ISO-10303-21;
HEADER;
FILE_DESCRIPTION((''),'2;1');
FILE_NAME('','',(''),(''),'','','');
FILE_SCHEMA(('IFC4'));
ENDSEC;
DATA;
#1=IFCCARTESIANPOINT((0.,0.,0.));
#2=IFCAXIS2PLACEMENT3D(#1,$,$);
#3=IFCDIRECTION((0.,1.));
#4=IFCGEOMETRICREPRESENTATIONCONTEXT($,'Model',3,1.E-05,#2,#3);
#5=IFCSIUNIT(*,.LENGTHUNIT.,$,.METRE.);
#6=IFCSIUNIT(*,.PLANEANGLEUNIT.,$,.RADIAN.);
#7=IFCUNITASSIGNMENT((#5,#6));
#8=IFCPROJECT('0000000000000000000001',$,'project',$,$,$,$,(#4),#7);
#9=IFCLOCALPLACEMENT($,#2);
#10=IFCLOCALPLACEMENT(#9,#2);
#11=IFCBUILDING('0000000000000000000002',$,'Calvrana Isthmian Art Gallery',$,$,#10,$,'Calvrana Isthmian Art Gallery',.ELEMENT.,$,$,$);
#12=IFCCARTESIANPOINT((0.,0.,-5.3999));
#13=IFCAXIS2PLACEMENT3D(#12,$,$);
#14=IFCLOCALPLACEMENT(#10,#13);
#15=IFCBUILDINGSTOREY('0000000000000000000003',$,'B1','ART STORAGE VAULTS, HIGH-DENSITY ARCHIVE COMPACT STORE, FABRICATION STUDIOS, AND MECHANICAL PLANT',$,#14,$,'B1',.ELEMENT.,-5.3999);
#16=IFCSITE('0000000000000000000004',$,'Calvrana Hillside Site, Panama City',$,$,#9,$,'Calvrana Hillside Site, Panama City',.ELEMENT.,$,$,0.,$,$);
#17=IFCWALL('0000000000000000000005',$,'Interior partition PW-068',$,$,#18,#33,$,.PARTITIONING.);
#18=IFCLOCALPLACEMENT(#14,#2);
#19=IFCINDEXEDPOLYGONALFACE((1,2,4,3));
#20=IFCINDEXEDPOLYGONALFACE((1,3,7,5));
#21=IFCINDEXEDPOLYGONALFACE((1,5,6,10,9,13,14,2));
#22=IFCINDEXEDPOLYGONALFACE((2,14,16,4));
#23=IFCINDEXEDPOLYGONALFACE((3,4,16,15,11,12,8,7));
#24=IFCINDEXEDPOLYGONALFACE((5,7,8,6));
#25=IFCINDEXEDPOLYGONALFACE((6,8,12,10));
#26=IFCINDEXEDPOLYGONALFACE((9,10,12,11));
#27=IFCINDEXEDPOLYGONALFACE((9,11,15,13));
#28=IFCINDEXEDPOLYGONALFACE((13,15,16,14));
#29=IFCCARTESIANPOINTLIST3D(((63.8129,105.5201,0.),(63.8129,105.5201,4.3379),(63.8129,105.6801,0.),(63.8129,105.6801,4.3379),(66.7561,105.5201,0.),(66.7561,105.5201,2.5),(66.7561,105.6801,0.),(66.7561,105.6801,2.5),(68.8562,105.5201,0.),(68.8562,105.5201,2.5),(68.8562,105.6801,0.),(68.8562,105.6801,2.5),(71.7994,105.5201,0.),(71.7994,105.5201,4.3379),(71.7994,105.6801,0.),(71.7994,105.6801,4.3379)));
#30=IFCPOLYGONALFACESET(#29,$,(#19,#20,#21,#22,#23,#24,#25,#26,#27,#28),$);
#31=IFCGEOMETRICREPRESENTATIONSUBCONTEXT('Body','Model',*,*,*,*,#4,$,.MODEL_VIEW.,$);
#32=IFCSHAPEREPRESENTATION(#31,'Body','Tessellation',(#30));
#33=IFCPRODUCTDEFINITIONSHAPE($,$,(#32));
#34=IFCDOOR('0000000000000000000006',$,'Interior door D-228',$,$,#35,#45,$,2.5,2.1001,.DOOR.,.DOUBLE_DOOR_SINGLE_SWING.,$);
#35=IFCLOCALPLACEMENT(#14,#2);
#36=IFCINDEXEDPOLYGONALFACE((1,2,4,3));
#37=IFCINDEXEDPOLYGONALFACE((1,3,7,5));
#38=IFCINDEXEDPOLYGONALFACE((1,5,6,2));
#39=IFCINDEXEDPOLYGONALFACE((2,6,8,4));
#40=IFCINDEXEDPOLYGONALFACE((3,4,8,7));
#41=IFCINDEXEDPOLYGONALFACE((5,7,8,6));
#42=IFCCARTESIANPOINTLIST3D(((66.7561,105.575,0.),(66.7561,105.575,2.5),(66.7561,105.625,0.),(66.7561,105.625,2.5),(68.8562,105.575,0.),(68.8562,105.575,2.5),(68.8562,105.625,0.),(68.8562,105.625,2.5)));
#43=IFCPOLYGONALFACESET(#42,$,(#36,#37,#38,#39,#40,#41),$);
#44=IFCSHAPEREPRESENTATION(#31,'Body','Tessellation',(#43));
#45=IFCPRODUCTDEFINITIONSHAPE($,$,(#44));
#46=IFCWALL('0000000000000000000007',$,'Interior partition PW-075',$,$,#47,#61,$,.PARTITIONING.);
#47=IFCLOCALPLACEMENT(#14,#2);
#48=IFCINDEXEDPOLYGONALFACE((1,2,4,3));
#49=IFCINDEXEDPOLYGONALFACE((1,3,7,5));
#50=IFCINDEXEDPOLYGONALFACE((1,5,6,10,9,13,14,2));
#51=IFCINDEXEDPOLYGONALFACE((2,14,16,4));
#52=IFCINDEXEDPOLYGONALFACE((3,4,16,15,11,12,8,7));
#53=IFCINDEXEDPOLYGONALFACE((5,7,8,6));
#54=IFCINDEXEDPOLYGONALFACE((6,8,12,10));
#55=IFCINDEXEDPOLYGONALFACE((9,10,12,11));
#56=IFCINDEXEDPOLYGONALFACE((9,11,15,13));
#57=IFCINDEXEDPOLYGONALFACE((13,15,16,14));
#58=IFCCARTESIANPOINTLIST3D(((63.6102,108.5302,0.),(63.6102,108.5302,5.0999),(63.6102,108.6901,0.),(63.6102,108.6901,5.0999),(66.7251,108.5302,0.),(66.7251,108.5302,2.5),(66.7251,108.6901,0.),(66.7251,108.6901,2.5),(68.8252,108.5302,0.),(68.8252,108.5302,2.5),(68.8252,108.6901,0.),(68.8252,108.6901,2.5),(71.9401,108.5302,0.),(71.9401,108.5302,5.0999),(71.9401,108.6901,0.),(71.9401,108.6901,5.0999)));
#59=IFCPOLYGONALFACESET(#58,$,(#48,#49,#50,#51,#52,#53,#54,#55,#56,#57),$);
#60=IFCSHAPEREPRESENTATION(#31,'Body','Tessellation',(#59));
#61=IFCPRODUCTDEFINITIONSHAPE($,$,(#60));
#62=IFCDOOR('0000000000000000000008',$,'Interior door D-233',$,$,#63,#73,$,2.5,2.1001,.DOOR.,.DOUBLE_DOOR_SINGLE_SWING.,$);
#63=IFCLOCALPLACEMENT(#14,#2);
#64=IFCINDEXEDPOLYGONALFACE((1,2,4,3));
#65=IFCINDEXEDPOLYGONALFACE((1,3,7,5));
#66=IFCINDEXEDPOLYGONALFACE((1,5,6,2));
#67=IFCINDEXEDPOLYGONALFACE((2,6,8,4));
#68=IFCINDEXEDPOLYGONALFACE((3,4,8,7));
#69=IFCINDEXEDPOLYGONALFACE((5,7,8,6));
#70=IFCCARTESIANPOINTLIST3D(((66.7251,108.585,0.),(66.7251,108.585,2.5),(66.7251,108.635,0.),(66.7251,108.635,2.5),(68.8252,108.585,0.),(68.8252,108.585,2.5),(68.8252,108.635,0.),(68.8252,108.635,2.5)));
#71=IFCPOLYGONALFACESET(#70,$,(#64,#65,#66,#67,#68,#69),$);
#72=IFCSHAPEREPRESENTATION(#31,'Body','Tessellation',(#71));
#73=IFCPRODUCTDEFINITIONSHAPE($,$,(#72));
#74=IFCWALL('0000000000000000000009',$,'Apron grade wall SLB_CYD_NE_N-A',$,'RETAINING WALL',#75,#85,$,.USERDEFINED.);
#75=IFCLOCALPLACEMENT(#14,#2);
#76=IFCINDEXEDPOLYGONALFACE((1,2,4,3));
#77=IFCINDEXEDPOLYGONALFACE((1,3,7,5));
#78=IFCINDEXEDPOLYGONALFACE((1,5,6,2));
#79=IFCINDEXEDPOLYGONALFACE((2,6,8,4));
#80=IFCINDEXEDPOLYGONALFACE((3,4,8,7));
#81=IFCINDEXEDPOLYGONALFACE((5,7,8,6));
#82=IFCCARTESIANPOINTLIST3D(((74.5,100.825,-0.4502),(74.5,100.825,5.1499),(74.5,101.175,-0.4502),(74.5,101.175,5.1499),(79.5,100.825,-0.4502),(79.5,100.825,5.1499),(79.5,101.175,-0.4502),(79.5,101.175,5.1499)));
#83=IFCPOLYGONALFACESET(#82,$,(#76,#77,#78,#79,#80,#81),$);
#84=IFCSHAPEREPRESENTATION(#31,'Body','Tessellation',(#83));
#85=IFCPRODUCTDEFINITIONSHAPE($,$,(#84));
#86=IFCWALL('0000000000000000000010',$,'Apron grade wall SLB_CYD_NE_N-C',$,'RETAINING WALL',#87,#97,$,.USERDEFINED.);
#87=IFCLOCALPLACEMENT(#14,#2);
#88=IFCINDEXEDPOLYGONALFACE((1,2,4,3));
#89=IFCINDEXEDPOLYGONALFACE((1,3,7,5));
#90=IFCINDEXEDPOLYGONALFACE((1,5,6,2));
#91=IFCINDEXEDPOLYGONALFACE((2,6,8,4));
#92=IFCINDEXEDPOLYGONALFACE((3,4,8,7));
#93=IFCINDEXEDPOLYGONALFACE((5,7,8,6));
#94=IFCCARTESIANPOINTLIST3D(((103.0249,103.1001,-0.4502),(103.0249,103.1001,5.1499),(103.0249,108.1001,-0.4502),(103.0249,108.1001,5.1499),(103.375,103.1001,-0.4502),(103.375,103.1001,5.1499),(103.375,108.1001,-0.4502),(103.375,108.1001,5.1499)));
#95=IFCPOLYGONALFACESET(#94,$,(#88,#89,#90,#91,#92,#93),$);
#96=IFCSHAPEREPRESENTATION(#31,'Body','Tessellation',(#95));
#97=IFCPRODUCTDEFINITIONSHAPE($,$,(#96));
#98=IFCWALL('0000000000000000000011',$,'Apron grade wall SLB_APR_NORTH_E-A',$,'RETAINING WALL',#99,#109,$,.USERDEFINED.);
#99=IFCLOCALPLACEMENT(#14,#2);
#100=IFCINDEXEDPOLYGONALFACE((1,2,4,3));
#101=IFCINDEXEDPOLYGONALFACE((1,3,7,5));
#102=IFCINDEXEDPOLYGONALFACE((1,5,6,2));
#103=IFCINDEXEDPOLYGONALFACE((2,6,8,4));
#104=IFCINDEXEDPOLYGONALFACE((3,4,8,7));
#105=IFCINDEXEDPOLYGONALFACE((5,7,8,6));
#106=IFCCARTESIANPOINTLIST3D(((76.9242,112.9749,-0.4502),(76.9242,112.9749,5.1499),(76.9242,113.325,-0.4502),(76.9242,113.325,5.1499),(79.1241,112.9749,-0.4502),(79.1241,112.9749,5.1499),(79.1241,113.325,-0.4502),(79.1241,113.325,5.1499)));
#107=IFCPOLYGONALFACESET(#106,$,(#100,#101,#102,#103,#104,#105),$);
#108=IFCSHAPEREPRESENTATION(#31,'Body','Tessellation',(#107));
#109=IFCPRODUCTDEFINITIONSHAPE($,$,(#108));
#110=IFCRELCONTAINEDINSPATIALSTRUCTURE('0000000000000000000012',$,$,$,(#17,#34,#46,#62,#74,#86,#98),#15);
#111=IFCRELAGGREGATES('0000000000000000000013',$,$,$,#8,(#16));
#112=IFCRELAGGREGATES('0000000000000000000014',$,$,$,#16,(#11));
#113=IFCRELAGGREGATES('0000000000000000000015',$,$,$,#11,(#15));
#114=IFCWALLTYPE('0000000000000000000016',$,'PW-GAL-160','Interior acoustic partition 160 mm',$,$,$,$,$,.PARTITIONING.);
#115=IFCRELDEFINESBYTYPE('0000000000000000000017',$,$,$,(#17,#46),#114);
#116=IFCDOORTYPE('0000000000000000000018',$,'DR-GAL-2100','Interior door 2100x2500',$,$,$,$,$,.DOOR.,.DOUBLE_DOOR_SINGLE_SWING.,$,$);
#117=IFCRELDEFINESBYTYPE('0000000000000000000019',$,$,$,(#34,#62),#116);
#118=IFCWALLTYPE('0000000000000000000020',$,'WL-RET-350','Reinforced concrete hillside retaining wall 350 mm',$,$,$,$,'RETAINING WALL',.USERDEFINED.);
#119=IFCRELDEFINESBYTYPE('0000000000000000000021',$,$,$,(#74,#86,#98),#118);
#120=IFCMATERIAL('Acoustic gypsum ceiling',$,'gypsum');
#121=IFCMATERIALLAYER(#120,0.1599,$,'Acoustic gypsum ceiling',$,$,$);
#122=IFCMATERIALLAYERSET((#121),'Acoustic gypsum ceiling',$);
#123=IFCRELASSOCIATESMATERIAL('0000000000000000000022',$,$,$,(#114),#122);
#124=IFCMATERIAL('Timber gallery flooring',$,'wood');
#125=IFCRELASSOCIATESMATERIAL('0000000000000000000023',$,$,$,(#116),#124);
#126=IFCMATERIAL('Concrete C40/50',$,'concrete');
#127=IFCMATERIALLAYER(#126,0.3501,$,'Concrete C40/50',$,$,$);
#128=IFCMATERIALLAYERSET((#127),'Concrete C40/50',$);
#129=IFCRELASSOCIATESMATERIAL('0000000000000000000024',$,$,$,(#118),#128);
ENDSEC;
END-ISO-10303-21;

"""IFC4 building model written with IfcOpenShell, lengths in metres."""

from ifc_helpers import new_model, si_unit, direction, frame, frame_2d, origin, place, context, subcontext, project, spatial, rectangle, extrude, material, layer, layer_set, type_object, element, fill, save


model = new_model("IFC4")

# Units and contexts
model_context = context("Model", 3, precision=1e-05, world=origin(), true_north=direction((0.0, 1.0)))
body_context = subcontext(model_context, "Body", "Model", "MODEL_VIEW")
ifc_project = project(units=[si_unit("LENGTHUNIT", "METRE"), si_unit("PLANEANGLEUNIT", "RADIAN")], contexts=[model_context])

# Site, building, storey
site_placement = place(None, origin())
site = spatial("IfcSite", under=ifc_project, at=site_placement, Name="Calvrana Hillside Site, Panama City", LongName="Calvrana Hillside Site, Panama City", CompositionType="ELEMENT", RefElevation=0.0)
building_placement = place(site_placement, origin())
building = spatial("IfcBuilding", under=site, at=building_placement, Name="Calvrana Isthmian Art Gallery", LongName="Calvrana Isthmian Art Gallery", CompositionType="ELEMENT")
storey_placement = place(building_placement, frame((0.0, 0.0, -5.3999)))
storey = spatial("IfcBuildingStorey", under=building, at=storey_placement, Name="B1", Description="ART STORAGE VAULTS, HIGH-DENSITY ARCHIVE COMPACT STORE, FABRICATION STUDIOS, AND MECHANICAL PLANT", LongName="B1", CompositionType="ELEMENT", Elevation=-5.3999)

# Walls, openings, doors
ifc_material_1 = material(Name="Acoustic gypsum ceiling", Category="gypsum")
ifc_layer_1 = layer(ifc_material_1, 0.1599, Name="Acoustic gypsum ceiling")
ifc_layer_set_1 = layer_set([ifc_layer_1], Name="Acoustic gypsum ceiling")
wall_type_1 = type_object("IfcWallType", Name="PW-GAL-160", Description="Interior acoustic partition 160 mm", PredefinedType="PARTITIONING", material=ifc_layer_set_1)
wall_1_placement = place(storey_placement, frame((63.813, 105.6001, 0.0), z_axis=(0.0, 0.0, 1.0), x_axis=(1.0, 0.0, 0.0)))
wall_1 = element("IfcWall", 1, at=wall_1_placement, inside=storey, type_object=wall_type_1, Name="Interior partition PW-068", PredefinedType="PARTITIONING", context=body_context, shape_type="SweptSolid", body=[
    extrude(rectangle(XDim=7.9866, YDim=0.1599, at=frame_2d((3.9932, 0.0))), origin(), (0.0, 0.0, 1.0), 4.3379),
])
opening_1_placement = place(wall_1_placement, frame((2.9431, 0.0, 0.0)))
opening_1 = element("IfcOpeningElement", 2, at=opening_1_placement, cuts=wall_1, PredefinedType="OPENING", context=body_context, shape_type="SweptSolid", body=[
    extrude(rectangle(XDim=2.1001, YDim=2.5, at=frame_2d((1.05, 1.25))), frame((0.0, 0.0903, 0.0), z_axis=(0.0, -1.0, 0.0), x_axis=(1.0, 0.0, 0.0)), (0.0, 0.0, 1.0), 0.1804),
])
ifc_material_2 = material(Name="Timber gallery flooring", Category="wood")
door_type = type_object("IfcDoorType", Name="DR-GAL-2100", Description="Interior door 2100x2500", OperationType="DOUBLE_DOOR_SINGLE_SWING", PredefinedType="DOOR", material=ifc_material_2)
door_1_placement = place(opening_1_placement, origin())
door_1 = element("IfcDoor", 3, at=door_1_placement, inside=storey, type_object=door_type, Name="Interior door D-228", OperationType="DOUBLE_DOOR_SINGLE_SWING", OverallHeight=2.5, OverallWidth=2.1001, PredefinedType="DOOR", context=body_context, shape_type="SweptSolid", body=[
    extrude(rectangle(XDim=2.1001, YDim=2.5, at=frame_2d((1.05, 1.25))), frame((0.0, 0.0249, 0.0), z_axis=(0.0, -1.0, 0.0), x_axis=(1.0, 0.0, 0.0)), (0.0, 0.0, 1.0), 0.05),
])
fill(opening_1, door_1)
wall_2_placement = place(storey_placement, frame((63.6101, 108.6101, 0.0), z_axis=(0.0, 0.0, 1.0), x_axis=(1.0, 0.0, 0.0)))
wall_2 = element("IfcWall", 4, at=wall_2_placement, inside=storey, type_object=wall_type_1, Name="Interior partition PW-075", PredefinedType="PARTITIONING", context=body_context, shape_type="SweptSolid", body=[
    extrude(rectangle(XDim=8.3298, YDim=0.1599, at=frame_2d((4.165, 0.0))), origin(), (0.0, 0.0, 1.0), 5.0999),
])
opening_2_placement = place(wall_2_placement, frame((3.115, 0.0, 0.0)))
opening_2 = element("IfcOpeningElement", 5, at=opening_2_placement, cuts=wall_2, PredefinedType="OPENING", context=body_context, shape_type="SweptSolid", body=[
    extrude(rectangle(XDim=2.1001, YDim=2.5, at=frame_2d((1.05, 1.25))), frame((0.0, 0.0903, 0.0), z_axis=(0.0, -1.0, 0.0), x_axis=(1.0, 0.0, 0.0)), (0.0, 0.0, 1.0), 0.1804),
])
door_2_placement = place(opening_2_placement, origin())
door_2 = element("IfcDoor", 6, at=door_2_placement, inside=storey, type_object=door_type, Name="Interior door D-233", OperationType="DOUBLE_DOOR_SINGLE_SWING", OverallHeight=2.5, OverallWidth=2.1001, PredefinedType="DOOR", context=body_context, shape_type="SweptSolid", body=[
    extrude(rectangle(XDim=2.1001, YDim=2.5, at=frame_2d((1.05, 1.25))), frame((0.0, 0.0249, 0.0), z_axis=(0.0, -1.0, 0.0), x_axis=(1.0, 0.0, 0.0)), (0.0, 0.0, 1.0), 0.05),
])
fill(opening_2, door_2)

# Walls
ifc_material_3 = material(Name="Concrete C40/50", Category="concrete")
ifc_layer_2 = layer(ifc_material_3, 0.3501, Name="Concrete C40/50")
ifc_layer_set_2 = layer_set([ifc_layer_2], Name="Concrete C40/50")
wall_type_2 = type_object("IfcWallType", Name="WL-RET-350", Description="Reinforced concrete hillside retaining wall 350 mm", ElementType="RETAINING WALL", PredefinedType="USERDEFINED", material=ifc_layer_set_2)
for number, where, z_axis, x_axis, name in (
    (7, (74.5, 101.0, -0.4502), (0.0, 0.0, 1.0), (1.0, 0.0, 0.0), "Apron grade wall SLB_CYD_NE_N-A"),
    (8, (103.2, 103.1001, -0.4502), (0.0, 0.0, 1.0), (0.0, 1.0, 0.0), "Apron grade wall SLB_CYD_NE_N-C"),
):
    element("IfcWall", number, at=place(storey_placement, frame(where, z_axis=z_axis, x_axis=x_axis)), inside=storey, type_object=wall_type_2, Name=name, ObjectType="RETAINING WALL", PredefinedType="USERDEFINED", context=body_context, shape_type="SweptSolid", body=[
        extrude(rectangle(XDim=5.0, YDim=0.3501, at=frame_2d((2.5, 0.0))), origin(), (0.0, 0.0, 1.0), 5.6001),
    ])
wall_3_placement = place(storey_placement, frame((76.9241, 113.1499, -0.4502), z_axis=(0.0, 0.0, 1.0), x_axis=(1.0, 0.0, 0.0)))
element("IfcWall", 9, at=wall_3_placement, inside=storey, type_object=wall_type_2, Name="Apron grade wall SLB_APR_NORTH_E-A", ObjectType="RETAINING WALL", PredefinedType="USERDEFINED", context=body_context, shape_type="SweptSolid", body=[
    extrude(rectangle(XDim=2.2, YDim=0.3501, at=frame_2d((1.1001, 0.0))), origin(), (0.0, 0.0, 1.0), 5.6001),
])

save(model, "model.ifc")
